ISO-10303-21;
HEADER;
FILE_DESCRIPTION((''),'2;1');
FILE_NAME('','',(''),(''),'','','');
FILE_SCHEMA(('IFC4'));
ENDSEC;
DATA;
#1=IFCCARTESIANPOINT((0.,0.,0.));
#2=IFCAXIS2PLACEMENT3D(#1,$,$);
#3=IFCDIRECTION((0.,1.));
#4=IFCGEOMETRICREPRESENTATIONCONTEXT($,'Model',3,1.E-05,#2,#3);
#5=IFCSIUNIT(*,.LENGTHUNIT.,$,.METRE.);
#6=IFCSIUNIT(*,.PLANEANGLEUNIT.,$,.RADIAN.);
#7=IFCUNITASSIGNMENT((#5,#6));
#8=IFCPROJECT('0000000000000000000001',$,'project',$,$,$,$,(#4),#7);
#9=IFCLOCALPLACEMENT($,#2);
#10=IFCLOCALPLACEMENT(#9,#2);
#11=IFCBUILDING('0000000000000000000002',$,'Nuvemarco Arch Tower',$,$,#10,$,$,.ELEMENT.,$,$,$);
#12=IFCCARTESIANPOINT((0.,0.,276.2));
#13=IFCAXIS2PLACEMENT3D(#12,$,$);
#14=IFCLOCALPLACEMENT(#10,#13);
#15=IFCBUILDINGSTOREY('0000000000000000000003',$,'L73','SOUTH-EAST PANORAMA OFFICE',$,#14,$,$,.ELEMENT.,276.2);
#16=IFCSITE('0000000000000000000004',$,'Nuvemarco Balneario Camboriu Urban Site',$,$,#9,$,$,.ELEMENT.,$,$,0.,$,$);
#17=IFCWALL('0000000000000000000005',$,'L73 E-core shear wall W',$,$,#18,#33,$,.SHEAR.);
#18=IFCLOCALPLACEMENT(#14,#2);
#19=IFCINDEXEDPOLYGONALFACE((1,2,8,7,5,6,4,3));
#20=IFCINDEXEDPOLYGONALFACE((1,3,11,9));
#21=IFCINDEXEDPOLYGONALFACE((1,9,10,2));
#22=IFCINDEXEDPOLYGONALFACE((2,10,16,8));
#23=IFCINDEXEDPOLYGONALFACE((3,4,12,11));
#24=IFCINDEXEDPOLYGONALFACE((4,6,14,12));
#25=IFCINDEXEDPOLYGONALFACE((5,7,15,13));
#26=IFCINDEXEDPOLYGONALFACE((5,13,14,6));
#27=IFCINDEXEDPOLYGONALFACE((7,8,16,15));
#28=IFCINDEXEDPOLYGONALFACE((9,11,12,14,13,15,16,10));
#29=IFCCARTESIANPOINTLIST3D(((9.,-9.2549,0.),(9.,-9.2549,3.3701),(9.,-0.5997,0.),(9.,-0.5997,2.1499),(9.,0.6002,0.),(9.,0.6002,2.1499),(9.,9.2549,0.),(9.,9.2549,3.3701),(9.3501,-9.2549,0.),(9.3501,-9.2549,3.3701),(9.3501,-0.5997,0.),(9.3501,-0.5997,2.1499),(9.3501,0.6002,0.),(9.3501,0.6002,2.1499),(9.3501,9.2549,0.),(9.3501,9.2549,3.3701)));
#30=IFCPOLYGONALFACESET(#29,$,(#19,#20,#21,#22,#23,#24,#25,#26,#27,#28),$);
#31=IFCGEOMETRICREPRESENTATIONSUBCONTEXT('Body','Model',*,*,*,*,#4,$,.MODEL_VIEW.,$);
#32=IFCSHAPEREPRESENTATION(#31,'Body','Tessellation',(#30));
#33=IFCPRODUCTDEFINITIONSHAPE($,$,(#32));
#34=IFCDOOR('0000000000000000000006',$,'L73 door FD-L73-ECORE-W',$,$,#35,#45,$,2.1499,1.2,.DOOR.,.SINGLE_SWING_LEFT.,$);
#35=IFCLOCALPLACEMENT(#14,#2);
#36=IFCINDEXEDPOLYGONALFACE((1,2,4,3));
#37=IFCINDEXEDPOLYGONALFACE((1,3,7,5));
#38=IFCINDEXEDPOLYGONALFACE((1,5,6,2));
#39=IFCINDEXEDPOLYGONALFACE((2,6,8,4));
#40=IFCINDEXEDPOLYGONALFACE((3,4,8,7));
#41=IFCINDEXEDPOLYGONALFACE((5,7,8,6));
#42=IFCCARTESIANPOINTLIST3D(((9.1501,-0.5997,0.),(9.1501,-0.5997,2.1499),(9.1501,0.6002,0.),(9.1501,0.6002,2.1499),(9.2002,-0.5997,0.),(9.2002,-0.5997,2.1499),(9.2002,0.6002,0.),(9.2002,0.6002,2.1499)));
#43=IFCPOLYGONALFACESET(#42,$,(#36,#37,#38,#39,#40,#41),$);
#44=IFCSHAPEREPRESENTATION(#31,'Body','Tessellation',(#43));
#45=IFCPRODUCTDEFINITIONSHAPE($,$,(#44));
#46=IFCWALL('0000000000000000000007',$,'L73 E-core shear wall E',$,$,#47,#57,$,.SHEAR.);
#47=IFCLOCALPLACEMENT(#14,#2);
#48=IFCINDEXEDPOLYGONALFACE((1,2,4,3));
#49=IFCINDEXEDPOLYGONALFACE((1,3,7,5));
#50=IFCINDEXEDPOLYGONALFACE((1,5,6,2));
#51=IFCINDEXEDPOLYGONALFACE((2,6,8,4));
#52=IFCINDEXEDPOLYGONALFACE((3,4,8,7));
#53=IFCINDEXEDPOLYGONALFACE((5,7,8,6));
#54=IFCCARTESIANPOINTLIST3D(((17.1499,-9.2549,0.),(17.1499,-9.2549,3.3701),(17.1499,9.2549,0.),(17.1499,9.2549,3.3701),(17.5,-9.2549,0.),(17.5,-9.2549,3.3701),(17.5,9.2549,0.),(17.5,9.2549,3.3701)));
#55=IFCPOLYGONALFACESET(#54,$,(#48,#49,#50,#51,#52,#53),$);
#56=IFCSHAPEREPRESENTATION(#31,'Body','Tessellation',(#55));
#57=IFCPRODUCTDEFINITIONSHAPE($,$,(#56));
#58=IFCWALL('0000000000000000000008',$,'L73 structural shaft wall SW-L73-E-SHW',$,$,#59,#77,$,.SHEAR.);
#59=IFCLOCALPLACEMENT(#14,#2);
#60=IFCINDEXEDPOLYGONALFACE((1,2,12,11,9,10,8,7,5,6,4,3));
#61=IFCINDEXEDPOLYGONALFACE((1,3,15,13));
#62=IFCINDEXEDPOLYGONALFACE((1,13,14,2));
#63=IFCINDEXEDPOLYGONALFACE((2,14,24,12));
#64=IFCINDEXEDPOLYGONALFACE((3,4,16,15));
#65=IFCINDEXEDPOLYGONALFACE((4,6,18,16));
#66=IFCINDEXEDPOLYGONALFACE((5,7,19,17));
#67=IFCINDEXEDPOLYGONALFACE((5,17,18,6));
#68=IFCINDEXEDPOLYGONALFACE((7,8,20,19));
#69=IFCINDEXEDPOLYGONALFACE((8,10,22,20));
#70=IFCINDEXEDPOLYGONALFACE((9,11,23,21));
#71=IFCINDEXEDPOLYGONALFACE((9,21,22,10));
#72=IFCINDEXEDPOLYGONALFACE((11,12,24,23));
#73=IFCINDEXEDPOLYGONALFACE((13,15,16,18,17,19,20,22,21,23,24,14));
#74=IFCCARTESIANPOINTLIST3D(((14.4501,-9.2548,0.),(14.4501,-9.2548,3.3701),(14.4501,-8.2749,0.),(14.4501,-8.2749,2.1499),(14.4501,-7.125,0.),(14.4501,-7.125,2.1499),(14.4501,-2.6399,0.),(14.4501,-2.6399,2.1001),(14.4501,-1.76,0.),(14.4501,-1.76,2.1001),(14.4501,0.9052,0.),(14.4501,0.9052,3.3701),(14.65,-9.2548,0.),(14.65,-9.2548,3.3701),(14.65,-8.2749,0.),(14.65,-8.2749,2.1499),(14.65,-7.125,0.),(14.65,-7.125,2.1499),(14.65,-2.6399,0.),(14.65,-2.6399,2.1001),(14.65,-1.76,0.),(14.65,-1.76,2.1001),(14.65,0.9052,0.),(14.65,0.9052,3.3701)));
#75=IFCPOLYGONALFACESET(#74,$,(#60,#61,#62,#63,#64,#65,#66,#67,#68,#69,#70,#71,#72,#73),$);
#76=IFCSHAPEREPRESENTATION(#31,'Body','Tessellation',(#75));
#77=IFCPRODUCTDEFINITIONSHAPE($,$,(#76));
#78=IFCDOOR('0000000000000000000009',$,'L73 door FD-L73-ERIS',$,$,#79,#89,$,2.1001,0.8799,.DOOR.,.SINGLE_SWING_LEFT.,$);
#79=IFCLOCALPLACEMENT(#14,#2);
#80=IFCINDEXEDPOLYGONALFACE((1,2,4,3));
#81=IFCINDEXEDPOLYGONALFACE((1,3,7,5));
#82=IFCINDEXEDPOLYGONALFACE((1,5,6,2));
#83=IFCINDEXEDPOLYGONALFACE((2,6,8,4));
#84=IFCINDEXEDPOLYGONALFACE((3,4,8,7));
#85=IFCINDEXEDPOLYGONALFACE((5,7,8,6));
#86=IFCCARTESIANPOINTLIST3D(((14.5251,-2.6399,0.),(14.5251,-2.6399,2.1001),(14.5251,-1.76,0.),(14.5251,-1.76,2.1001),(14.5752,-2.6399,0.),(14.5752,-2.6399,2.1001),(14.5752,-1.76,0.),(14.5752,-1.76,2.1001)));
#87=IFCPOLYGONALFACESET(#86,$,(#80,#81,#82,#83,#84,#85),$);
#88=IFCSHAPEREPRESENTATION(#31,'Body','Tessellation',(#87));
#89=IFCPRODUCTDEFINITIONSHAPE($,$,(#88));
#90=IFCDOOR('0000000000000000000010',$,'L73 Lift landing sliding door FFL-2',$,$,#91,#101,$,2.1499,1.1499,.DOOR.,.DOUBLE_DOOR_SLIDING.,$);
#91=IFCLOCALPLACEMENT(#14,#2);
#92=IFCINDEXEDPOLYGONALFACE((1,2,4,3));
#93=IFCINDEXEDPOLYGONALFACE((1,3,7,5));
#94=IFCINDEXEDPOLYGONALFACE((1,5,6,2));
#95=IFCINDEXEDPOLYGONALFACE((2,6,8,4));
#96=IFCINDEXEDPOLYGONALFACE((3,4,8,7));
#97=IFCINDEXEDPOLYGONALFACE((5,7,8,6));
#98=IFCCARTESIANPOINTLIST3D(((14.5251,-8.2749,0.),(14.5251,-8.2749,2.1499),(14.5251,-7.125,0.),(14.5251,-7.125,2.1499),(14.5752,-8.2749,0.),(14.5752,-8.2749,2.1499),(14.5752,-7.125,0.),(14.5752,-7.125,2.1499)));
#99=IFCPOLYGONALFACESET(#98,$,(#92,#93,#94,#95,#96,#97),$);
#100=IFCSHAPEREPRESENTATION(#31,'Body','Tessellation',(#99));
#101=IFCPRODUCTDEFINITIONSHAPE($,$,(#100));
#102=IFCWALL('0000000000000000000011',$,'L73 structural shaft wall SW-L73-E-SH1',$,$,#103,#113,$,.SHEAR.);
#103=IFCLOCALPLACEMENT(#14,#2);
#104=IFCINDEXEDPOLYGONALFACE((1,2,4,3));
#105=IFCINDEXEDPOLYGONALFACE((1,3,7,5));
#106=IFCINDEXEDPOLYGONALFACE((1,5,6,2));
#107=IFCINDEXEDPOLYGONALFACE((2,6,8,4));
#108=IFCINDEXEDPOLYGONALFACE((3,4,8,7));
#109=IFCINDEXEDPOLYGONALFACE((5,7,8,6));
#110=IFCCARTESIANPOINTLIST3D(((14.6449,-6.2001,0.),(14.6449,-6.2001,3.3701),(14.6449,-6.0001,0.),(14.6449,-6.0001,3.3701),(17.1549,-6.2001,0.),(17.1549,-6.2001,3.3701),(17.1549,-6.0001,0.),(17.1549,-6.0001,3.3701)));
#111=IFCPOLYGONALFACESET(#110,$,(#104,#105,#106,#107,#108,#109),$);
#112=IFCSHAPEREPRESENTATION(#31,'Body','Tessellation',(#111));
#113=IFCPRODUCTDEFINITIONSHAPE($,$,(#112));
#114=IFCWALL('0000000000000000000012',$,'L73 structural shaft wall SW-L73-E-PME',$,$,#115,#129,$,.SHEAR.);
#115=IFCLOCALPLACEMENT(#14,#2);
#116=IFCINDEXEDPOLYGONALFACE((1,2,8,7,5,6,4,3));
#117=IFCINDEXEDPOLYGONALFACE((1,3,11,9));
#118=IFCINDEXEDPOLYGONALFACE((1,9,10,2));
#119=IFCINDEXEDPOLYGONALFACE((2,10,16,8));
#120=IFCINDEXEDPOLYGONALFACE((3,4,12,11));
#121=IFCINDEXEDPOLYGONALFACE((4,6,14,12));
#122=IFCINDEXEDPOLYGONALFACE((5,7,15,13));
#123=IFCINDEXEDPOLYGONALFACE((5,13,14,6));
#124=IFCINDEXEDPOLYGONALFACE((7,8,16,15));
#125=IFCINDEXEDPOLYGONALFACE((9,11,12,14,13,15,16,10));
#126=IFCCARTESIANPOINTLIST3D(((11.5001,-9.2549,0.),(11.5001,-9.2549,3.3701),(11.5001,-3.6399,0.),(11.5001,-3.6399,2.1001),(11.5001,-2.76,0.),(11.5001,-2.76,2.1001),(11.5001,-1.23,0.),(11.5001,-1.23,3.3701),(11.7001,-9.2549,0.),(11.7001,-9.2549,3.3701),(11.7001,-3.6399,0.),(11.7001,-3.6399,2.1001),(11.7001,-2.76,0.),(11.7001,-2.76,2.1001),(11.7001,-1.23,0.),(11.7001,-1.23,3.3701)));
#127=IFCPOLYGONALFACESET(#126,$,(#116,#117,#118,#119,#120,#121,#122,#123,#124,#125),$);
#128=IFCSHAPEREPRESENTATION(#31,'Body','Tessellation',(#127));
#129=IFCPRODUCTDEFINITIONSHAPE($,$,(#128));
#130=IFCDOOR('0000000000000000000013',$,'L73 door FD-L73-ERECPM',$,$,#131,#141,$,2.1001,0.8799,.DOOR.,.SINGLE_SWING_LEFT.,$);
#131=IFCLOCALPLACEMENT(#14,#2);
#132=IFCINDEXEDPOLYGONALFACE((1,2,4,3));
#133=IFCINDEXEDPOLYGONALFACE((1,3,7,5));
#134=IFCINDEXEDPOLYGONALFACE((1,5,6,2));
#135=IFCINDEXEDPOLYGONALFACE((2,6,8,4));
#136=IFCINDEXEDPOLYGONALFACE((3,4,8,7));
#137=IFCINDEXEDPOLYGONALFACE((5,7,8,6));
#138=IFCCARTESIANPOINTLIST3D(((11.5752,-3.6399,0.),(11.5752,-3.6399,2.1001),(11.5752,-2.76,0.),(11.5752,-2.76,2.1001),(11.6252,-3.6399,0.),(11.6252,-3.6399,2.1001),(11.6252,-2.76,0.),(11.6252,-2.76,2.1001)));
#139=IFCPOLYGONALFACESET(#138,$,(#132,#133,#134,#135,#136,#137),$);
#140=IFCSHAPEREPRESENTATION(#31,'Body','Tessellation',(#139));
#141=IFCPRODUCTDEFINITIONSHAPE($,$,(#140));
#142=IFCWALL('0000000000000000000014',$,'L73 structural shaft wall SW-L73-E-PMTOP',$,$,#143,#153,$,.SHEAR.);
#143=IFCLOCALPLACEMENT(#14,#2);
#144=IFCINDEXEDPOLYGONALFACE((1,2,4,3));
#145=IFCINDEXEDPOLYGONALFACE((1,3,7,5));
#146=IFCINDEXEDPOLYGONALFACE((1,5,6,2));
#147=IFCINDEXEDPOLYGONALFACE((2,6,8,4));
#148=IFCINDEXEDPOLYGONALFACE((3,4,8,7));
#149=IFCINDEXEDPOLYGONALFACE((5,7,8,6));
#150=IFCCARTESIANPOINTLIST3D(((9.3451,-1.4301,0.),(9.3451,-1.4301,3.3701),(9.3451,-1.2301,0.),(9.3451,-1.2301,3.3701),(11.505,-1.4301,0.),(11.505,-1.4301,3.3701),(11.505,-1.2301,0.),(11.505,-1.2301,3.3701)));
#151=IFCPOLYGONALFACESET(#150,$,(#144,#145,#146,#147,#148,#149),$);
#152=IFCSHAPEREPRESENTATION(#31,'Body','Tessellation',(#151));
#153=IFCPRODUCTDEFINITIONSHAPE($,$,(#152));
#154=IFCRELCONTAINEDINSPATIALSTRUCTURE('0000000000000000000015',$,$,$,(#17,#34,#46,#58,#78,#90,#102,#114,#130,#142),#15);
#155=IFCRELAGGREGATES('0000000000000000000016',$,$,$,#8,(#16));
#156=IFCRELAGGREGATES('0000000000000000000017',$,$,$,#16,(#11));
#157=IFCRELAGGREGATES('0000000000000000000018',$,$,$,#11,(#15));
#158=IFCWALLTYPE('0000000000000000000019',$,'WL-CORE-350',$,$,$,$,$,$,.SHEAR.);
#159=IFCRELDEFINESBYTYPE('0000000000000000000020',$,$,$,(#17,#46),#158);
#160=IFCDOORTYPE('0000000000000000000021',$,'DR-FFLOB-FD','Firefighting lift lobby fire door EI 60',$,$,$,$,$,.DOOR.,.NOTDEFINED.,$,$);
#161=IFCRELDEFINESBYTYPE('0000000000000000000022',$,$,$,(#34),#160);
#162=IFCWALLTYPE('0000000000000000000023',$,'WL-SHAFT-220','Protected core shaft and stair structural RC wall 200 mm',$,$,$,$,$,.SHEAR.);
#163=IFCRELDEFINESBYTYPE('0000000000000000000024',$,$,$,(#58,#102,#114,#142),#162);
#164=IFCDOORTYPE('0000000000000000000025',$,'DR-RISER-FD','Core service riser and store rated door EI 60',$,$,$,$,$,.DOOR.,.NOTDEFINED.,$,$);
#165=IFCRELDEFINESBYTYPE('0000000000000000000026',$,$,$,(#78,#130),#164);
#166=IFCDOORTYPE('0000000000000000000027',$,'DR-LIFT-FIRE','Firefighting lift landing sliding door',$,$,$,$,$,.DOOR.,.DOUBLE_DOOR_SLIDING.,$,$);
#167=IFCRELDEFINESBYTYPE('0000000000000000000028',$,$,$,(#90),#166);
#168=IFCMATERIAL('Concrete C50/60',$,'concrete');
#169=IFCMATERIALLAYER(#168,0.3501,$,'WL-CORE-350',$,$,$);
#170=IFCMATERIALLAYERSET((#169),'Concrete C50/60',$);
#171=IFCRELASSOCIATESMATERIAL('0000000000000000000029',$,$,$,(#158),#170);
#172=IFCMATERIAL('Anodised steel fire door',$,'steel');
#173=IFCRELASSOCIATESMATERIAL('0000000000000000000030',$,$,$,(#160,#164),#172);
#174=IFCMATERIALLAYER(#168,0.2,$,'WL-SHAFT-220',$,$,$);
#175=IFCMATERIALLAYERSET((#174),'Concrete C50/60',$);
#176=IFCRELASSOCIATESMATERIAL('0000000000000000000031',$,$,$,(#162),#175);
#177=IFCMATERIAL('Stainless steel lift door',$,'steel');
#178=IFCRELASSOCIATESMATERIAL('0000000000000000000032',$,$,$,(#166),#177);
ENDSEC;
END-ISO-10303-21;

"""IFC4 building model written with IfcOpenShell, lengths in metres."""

from ifc_helpers import new_model, si_unit, direction, frame, frame_2d, origin, place, context, subcontext, project, spatial, rectangle, extrude, source, transform, mapped, material, layer, layer_set, type_object, type_shapes, element, fill, save


model = new_model("IFC4")

# Units and contexts
model_context = context("Model", 3, precision=1e-05, world=origin(), true_north=direction((0.0, 1.0)))
body_context = subcontext(model_context, "Body", "Model", "MODEL_VIEW")
ifc_project = project(units=[si_unit("LENGTHUNIT", "METRE"), si_unit("PLANEANGLEUNIT", "RADIAN")], contexts=[model_context])

# Site, building, storey
site_placement = place(None, origin())
site = spatial("IfcSite", under=ifc_project, at=site_placement, Name="Nuvemarco Balneario Camboriu Urban Site", CompositionType="ELEMENT", RefElevation=0.0)
building_placement = place(site_placement, origin())
building = spatial("IfcBuilding", under=site, at=building_placement, Name="Nuvemarco Arch Tower", CompositionType="ELEMENT")
storey_placement = place(building_placement, frame((0.0, 0.0, 276.2)))
storey = spatial("IfcBuildingStorey", under=building, at=storey_placement, Name="L73", Description="SOUTH-EAST PANORAMA OFFICE", CompositionType="ELEMENT", Elevation=276.2)

# Shared definitions
ifc_material_1 = material(Name="Concrete C50/60", Category="concrete")

# Shared definitions
ifc_layer_1 = layer(ifc_material_1, 0.3501, Name="WL-CORE-350")
ifc_layer_set_1 = layer_set([ifc_layer_1], Name="Concrete C50/60")
wall_type_1 = type_object("IfcWallType", Name="WL-CORE-350", PredefinedType="SHEAR", material=ifc_layer_set_1)

# Wall, opening, door
wall_1_placement = place(storey_placement, frame((9.175, -9.2549, 0.0), z_axis=(0.0, 0.0, 1.0), x_axis=(0.0, 1.0, 0.0)))
wall_1 = element("IfcWall", 1, at=wall_1_placement, inside=storey, type_object=wall_type_1, Name="L73 E-core shear wall W", PredefinedType="SHEAR", context=body_context, shape_type="SweptSolid", body=[
    extrude(rectangle(XDim=18.5098, YDim=0.3501, at=frame_2d((9.2549, 0.0))), origin(), (0.0, 0.0, 1.0), 3.3701),
])
opening_1_placement = place(wall_1_placement, frame((8.655, 0.0, 0.0)))
opening_1 = element("IfcOpeningElement", 2, at=opening_1_placement, cuts=wall_1, PredefinedType="OPENING", context=body_context, shape_type="SweptSolid", body=[
    extrude(rectangle(XDim=1.2, YDim=2.1499, at=frame_2d((0.6001, 1.075))), frame((0.0, 0.1851, 0.0), z_axis=(0.0, -1.0, 0.0), x_axis=(1.0, 0.0, 0.0)), (0.0, 0.0, 1.0), 0.3701),
])
ifc_material_2 = material(Name="Anodised steel fire door", Category="steel")
door_type_1 = type_object("IfcDoorType", Name="DR-FFLOB-FD", Description="Firefighting lift lobby fire door EI 60", OperationType="NOTDEFINED", PredefinedType="DOOR", material=ifc_material_2)
shared_shape_1 = source(origin(), body_context, "Body", "SweptSolid", [
    extrude(rectangle(XDim=1.2, YDim=2.1499, at=frame_2d((0.6001, 1.075))), frame((0.0, 0.0249, 0.0), z_axis=(0.0, -1.0, 0.0), x_axis=(1.0, 0.0, 0.0)), (0.0, 0.0, 1.0), 0.05),
])
type_shapes(door_type_1, [shared_shape_1])
door_1_placement = place(opening_1_placement, origin())
door_1 = element("IfcDoor", 3, at=door_1_placement, inside=storey, type_object=door_type_1, Name="L73 door FD-L73-ECORE-W", OperationType="SINGLE_SWING_LEFT", OverallHeight=2.1499, OverallWidth=1.2, PredefinedType="DOOR", context=body_context, shape_type="MappedRepresentation", body=[
    mapped(shared_shape_1, transform((0.0, 0.0, 0.0), scale=1.0)),
])
fill(opening_1, door_1)

# Wall
wall_2_placement = place(storey_placement, frame((17.325, -9.2549, 0.0), z_axis=(0.0, 0.0, 1.0), x_axis=(0.0, 1.0, 0.0)))
element("IfcWall", 4, at=wall_2_placement, inside=storey, type_object=wall_type_1, Name="L73 E-core shear wall E", PredefinedType="SHEAR", context=body_context, shape_type="SweptSolid", body=[
    extrude(rectangle(XDim=18.5098, YDim=0.3501, at=frame_2d((9.2549, 0.0))), origin(), (0.0, 0.0, 1.0), 3.3701),
])

# Wall, openings, doors
ifc_layer_2 = layer(ifc_material_1, 0.2, Name="WL-SHAFT-220")
ifc_layer_set_2 = layer_set([ifc_layer_2], Name="Concrete C50/60")
wall_type_2 = type_object("IfcWallType", Name="WL-SHAFT-220", Description="Protected core shaft and stair structural RC wall 200 mm", PredefinedType="SHEAR", material=ifc_layer_set_2)
wall_3_placement = place(storey_placement, frame((14.55, -9.2549, 0.0), z_axis=(0.0, 0.0, 1.0), x_axis=(0.0, 1.0, 0.0)))
wall_3 = element("IfcWall", 5, at=wall_3_placement, inside=storey, type_object=wall_type_2, Name="L73 structural shaft wall SW-L73-E-SHW", PredefinedType="SHEAR", context=body_context, shape_type="SweptSolid", body=[
    extrude(rectangle(XDim=10.1599, YDim=0.2, at=frame_2d((5.0801, 0.0))), origin(), (0.0, 0.0, 1.0), 3.3701),
])
opening_2_placement = place(wall_3_placement, frame((6.615, 0.0, 0.0)))
opening_2 = element("IfcOpeningElement", 6, at=opening_2_placement, cuts=wall_3, PredefinedType="OPENING", context=body_context, shape_type="SweptSolid", body=[
    extrude(rectangle(XDim=0.8799, YDim=2.1001, at=frame_2d((0.4399, 1.05))), frame((0.0, 0.1099, 0.0), z_axis=(0.0, -1.0, 0.0), x_axis=(1.0, 0.0, 0.0)), (0.0, 0.0, 1.0), 0.22),
])
opening_3_placement = place(wall_3_placement, frame((0.98, 0.0, 0.0)))
opening_3 = element("IfcOpeningElement", 7, at=opening_3_placement, cuts=wall_3, PredefinedType="OPENING", context=body_context, shape_type="SweptSolid", body=[
    extrude(rectangle(XDim=1.1499, YDim=2.1499, at=frame_2d((0.575, 1.075))), frame((0.0, 0.1099, 0.0), z_axis=(0.0, -1.0, 0.0), x_axis=(1.0, 0.0, 0.0)), (0.0, 0.0, 1.0), 0.22),
])
door_type_2 = type_object("IfcDoorType", Name="DR-RISER-FD", Description="Core service riser and store rated door EI 60", OperationType="NOTDEFINED", PredefinedType="DOOR", material=ifc_material_2)
shared_shape_2 = source(origin(), body_context, "Body", "SweptSolid", [
    extrude(rectangle(XDim=0.8799, YDim=2.1001, at=frame_2d((0.4399, 1.05))), frame((0.0, 0.0249, 0.0), z_axis=(0.0, -1.0, 0.0), x_axis=(1.0, 0.0, 0.0)), (0.0, 0.0, 1.0), 0.05),
])
type_shapes(door_type_2, [shared_shape_2])
door_2_placement = place(opening_2_placement, origin())
door_2 = element("IfcDoor", 8, at=door_2_placement, inside=storey, type_object=door_type_2, Name="L73 door FD-L73-ERIS", OperationType="SINGLE_SWING_LEFT", OverallHeight=2.1001, OverallWidth=0.8799, PredefinedType="DOOR", context=body_context, shape_type="MappedRepresentation", body=[
    mapped(shared_shape_2, transform((0.0, 0.0, 0.0), scale=1.0)),
])
fill(opening_2, door_2)
ifc_material_3 = material(Name="Stainless steel lift door", Category="steel")
door_type_3 = type_object("IfcDoorType", Name="DR-LIFT-FIRE", Description="Firefighting lift landing sliding door", OperationType="DOUBLE_DOOR_SLIDING", PredefinedType="DOOR", material=ifc_material_3)
shared_shape_3 = source(origin(), body_context, "Body", "SweptSolid", [
    extrude(rectangle(XDim=1.1499, YDim=2.1499, at=frame_2d((0.575, 1.075))), frame((0.0, 0.0249, 0.0), z_axis=(0.0, -1.0, 0.0), x_axis=(1.0, 0.0, 0.0)), (0.0, 0.0, 1.0), 0.05),
])
type_shapes(door_type_3, [shared_shape_3])
door_3_placement = place(opening_3_placement, origin())
door_3 = element("IfcDoor", 9, at=door_3_placement, inside=storey, type_object=door_type_3, Name="L73 Lift landing sliding door FFL-2", OperationType="DOUBLE_DOOR_SLIDING", OverallHeight=2.1499, OverallWidth=1.1499, PredefinedType="DOOR", context=body_context, shape_type="MappedRepresentation", body=[
    mapped(shared_shape_3, transform((0.0, 0.0, 0.0), scale=1.0)),
])
fill(opening_3, door_3)

# Wall
wall_4_placement = place(storey_placement, frame((14.645, -6.1001, 0.0), z_axis=(0.0, 0.0, 1.0), x_axis=(1.0, 0.0, 0.0)))
element("IfcWall", 10, at=wall_4_placement, inside=storey, type_object=wall_type_2, Name="L73 structural shaft wall SW-L73-E-SH1", PredefinedType="SHEAR", context=body_context, shape_type="SweptSolid", body=[
    extrude(rectangle(XDim=2.51, YDim=0.2, at=frame_2d((1.2549, 0.0))), origin(), (0.0, 0.0, 1.0), 3.3701),
])

# Wall, opening, door
wall_5_placement = place(storey_placement, frame((11.6001, -9.2549, 0.0), z_axis=(0.0, 0.0, 1.0), x_axis=(0.0, 1.0, 0.0)))
wall_5 = element("IfcWall", 11, at=wall_5_placement, inside=storey, type_object=wall_type_2, Name="L73 structural shaft wall SW-L73-E-PME", PredefinedType="SHEAR", context=body_context, shape_type="SweptSolid", body=[
    extrude(rectangle(XDim=8.0249, YDim=0.2, at=frame_2d((4.0125, 0.0))), origin(), (0.0, 0.0, 1.0), 3.3701),
])
opening_4_placement = place(wall_5_placement, frame((5.615, 0.0, 0.0)))
opening_4 = element("IfcOpeningElement", 12, at=opening_4_placement, cuts=wall_5, PredefinedType="OPENING", context=body_context, shape_type="SweptSolid", body=[
    extrude(rectangle(XDim=0.8799, YDim=2.1001, at=frame_2d((0.4399, 1.05))), frame((0.0, 0.1099, 0.0), z_axis=(0.0, -1.0, 0.0), x_axis=(1.0, 0.0, 0.0)), (0.0, 0.0, 1.0), 0.22),
])
door_4_placement = place(opening_4_placement, origin())
door_4 = element("IfcDoor", 13, at=door_4_placement, inside=storey, type_object=door_type_2, Name="L73 door FD-L73-ERECPM", OperationType="SINGLE_SWING_LEFT", OverallHeight=2.1001, OverallWidth=0.8799, PredefinedType="DOOR", context=body_context, shape_type="MappedRepresentation", body=[
    mapped(shared_shape_2, transform((0.0, 0.0, 0.0), scale=1.0)),
])
fill(opening_4, door_4)

# Wall
wall_6_placement = place(storey_placement, frame((9.345, -1.3301, 0.0), z_axis=(0.0, 0.0, 1.0), x_axis=(1.0, 0.0, 0.0)))
element("IfcWall", 14, at=wall_6_placement, inside=storey, type_object=wall_type_2, Name="L73 structural shaft wall SW-L73-E-PMTOP", PredefinedType="SHEAR", context=body_context, shape_type="SweptSolid", body=[
    extrude(rectangle(XDim=2.1599, YDim=0.2, at=frame_2d((1.0801, 0.0))), origin(), (0.0, 0.0, 1.0), 3.3701),
])

save(model, "model.ifc")
